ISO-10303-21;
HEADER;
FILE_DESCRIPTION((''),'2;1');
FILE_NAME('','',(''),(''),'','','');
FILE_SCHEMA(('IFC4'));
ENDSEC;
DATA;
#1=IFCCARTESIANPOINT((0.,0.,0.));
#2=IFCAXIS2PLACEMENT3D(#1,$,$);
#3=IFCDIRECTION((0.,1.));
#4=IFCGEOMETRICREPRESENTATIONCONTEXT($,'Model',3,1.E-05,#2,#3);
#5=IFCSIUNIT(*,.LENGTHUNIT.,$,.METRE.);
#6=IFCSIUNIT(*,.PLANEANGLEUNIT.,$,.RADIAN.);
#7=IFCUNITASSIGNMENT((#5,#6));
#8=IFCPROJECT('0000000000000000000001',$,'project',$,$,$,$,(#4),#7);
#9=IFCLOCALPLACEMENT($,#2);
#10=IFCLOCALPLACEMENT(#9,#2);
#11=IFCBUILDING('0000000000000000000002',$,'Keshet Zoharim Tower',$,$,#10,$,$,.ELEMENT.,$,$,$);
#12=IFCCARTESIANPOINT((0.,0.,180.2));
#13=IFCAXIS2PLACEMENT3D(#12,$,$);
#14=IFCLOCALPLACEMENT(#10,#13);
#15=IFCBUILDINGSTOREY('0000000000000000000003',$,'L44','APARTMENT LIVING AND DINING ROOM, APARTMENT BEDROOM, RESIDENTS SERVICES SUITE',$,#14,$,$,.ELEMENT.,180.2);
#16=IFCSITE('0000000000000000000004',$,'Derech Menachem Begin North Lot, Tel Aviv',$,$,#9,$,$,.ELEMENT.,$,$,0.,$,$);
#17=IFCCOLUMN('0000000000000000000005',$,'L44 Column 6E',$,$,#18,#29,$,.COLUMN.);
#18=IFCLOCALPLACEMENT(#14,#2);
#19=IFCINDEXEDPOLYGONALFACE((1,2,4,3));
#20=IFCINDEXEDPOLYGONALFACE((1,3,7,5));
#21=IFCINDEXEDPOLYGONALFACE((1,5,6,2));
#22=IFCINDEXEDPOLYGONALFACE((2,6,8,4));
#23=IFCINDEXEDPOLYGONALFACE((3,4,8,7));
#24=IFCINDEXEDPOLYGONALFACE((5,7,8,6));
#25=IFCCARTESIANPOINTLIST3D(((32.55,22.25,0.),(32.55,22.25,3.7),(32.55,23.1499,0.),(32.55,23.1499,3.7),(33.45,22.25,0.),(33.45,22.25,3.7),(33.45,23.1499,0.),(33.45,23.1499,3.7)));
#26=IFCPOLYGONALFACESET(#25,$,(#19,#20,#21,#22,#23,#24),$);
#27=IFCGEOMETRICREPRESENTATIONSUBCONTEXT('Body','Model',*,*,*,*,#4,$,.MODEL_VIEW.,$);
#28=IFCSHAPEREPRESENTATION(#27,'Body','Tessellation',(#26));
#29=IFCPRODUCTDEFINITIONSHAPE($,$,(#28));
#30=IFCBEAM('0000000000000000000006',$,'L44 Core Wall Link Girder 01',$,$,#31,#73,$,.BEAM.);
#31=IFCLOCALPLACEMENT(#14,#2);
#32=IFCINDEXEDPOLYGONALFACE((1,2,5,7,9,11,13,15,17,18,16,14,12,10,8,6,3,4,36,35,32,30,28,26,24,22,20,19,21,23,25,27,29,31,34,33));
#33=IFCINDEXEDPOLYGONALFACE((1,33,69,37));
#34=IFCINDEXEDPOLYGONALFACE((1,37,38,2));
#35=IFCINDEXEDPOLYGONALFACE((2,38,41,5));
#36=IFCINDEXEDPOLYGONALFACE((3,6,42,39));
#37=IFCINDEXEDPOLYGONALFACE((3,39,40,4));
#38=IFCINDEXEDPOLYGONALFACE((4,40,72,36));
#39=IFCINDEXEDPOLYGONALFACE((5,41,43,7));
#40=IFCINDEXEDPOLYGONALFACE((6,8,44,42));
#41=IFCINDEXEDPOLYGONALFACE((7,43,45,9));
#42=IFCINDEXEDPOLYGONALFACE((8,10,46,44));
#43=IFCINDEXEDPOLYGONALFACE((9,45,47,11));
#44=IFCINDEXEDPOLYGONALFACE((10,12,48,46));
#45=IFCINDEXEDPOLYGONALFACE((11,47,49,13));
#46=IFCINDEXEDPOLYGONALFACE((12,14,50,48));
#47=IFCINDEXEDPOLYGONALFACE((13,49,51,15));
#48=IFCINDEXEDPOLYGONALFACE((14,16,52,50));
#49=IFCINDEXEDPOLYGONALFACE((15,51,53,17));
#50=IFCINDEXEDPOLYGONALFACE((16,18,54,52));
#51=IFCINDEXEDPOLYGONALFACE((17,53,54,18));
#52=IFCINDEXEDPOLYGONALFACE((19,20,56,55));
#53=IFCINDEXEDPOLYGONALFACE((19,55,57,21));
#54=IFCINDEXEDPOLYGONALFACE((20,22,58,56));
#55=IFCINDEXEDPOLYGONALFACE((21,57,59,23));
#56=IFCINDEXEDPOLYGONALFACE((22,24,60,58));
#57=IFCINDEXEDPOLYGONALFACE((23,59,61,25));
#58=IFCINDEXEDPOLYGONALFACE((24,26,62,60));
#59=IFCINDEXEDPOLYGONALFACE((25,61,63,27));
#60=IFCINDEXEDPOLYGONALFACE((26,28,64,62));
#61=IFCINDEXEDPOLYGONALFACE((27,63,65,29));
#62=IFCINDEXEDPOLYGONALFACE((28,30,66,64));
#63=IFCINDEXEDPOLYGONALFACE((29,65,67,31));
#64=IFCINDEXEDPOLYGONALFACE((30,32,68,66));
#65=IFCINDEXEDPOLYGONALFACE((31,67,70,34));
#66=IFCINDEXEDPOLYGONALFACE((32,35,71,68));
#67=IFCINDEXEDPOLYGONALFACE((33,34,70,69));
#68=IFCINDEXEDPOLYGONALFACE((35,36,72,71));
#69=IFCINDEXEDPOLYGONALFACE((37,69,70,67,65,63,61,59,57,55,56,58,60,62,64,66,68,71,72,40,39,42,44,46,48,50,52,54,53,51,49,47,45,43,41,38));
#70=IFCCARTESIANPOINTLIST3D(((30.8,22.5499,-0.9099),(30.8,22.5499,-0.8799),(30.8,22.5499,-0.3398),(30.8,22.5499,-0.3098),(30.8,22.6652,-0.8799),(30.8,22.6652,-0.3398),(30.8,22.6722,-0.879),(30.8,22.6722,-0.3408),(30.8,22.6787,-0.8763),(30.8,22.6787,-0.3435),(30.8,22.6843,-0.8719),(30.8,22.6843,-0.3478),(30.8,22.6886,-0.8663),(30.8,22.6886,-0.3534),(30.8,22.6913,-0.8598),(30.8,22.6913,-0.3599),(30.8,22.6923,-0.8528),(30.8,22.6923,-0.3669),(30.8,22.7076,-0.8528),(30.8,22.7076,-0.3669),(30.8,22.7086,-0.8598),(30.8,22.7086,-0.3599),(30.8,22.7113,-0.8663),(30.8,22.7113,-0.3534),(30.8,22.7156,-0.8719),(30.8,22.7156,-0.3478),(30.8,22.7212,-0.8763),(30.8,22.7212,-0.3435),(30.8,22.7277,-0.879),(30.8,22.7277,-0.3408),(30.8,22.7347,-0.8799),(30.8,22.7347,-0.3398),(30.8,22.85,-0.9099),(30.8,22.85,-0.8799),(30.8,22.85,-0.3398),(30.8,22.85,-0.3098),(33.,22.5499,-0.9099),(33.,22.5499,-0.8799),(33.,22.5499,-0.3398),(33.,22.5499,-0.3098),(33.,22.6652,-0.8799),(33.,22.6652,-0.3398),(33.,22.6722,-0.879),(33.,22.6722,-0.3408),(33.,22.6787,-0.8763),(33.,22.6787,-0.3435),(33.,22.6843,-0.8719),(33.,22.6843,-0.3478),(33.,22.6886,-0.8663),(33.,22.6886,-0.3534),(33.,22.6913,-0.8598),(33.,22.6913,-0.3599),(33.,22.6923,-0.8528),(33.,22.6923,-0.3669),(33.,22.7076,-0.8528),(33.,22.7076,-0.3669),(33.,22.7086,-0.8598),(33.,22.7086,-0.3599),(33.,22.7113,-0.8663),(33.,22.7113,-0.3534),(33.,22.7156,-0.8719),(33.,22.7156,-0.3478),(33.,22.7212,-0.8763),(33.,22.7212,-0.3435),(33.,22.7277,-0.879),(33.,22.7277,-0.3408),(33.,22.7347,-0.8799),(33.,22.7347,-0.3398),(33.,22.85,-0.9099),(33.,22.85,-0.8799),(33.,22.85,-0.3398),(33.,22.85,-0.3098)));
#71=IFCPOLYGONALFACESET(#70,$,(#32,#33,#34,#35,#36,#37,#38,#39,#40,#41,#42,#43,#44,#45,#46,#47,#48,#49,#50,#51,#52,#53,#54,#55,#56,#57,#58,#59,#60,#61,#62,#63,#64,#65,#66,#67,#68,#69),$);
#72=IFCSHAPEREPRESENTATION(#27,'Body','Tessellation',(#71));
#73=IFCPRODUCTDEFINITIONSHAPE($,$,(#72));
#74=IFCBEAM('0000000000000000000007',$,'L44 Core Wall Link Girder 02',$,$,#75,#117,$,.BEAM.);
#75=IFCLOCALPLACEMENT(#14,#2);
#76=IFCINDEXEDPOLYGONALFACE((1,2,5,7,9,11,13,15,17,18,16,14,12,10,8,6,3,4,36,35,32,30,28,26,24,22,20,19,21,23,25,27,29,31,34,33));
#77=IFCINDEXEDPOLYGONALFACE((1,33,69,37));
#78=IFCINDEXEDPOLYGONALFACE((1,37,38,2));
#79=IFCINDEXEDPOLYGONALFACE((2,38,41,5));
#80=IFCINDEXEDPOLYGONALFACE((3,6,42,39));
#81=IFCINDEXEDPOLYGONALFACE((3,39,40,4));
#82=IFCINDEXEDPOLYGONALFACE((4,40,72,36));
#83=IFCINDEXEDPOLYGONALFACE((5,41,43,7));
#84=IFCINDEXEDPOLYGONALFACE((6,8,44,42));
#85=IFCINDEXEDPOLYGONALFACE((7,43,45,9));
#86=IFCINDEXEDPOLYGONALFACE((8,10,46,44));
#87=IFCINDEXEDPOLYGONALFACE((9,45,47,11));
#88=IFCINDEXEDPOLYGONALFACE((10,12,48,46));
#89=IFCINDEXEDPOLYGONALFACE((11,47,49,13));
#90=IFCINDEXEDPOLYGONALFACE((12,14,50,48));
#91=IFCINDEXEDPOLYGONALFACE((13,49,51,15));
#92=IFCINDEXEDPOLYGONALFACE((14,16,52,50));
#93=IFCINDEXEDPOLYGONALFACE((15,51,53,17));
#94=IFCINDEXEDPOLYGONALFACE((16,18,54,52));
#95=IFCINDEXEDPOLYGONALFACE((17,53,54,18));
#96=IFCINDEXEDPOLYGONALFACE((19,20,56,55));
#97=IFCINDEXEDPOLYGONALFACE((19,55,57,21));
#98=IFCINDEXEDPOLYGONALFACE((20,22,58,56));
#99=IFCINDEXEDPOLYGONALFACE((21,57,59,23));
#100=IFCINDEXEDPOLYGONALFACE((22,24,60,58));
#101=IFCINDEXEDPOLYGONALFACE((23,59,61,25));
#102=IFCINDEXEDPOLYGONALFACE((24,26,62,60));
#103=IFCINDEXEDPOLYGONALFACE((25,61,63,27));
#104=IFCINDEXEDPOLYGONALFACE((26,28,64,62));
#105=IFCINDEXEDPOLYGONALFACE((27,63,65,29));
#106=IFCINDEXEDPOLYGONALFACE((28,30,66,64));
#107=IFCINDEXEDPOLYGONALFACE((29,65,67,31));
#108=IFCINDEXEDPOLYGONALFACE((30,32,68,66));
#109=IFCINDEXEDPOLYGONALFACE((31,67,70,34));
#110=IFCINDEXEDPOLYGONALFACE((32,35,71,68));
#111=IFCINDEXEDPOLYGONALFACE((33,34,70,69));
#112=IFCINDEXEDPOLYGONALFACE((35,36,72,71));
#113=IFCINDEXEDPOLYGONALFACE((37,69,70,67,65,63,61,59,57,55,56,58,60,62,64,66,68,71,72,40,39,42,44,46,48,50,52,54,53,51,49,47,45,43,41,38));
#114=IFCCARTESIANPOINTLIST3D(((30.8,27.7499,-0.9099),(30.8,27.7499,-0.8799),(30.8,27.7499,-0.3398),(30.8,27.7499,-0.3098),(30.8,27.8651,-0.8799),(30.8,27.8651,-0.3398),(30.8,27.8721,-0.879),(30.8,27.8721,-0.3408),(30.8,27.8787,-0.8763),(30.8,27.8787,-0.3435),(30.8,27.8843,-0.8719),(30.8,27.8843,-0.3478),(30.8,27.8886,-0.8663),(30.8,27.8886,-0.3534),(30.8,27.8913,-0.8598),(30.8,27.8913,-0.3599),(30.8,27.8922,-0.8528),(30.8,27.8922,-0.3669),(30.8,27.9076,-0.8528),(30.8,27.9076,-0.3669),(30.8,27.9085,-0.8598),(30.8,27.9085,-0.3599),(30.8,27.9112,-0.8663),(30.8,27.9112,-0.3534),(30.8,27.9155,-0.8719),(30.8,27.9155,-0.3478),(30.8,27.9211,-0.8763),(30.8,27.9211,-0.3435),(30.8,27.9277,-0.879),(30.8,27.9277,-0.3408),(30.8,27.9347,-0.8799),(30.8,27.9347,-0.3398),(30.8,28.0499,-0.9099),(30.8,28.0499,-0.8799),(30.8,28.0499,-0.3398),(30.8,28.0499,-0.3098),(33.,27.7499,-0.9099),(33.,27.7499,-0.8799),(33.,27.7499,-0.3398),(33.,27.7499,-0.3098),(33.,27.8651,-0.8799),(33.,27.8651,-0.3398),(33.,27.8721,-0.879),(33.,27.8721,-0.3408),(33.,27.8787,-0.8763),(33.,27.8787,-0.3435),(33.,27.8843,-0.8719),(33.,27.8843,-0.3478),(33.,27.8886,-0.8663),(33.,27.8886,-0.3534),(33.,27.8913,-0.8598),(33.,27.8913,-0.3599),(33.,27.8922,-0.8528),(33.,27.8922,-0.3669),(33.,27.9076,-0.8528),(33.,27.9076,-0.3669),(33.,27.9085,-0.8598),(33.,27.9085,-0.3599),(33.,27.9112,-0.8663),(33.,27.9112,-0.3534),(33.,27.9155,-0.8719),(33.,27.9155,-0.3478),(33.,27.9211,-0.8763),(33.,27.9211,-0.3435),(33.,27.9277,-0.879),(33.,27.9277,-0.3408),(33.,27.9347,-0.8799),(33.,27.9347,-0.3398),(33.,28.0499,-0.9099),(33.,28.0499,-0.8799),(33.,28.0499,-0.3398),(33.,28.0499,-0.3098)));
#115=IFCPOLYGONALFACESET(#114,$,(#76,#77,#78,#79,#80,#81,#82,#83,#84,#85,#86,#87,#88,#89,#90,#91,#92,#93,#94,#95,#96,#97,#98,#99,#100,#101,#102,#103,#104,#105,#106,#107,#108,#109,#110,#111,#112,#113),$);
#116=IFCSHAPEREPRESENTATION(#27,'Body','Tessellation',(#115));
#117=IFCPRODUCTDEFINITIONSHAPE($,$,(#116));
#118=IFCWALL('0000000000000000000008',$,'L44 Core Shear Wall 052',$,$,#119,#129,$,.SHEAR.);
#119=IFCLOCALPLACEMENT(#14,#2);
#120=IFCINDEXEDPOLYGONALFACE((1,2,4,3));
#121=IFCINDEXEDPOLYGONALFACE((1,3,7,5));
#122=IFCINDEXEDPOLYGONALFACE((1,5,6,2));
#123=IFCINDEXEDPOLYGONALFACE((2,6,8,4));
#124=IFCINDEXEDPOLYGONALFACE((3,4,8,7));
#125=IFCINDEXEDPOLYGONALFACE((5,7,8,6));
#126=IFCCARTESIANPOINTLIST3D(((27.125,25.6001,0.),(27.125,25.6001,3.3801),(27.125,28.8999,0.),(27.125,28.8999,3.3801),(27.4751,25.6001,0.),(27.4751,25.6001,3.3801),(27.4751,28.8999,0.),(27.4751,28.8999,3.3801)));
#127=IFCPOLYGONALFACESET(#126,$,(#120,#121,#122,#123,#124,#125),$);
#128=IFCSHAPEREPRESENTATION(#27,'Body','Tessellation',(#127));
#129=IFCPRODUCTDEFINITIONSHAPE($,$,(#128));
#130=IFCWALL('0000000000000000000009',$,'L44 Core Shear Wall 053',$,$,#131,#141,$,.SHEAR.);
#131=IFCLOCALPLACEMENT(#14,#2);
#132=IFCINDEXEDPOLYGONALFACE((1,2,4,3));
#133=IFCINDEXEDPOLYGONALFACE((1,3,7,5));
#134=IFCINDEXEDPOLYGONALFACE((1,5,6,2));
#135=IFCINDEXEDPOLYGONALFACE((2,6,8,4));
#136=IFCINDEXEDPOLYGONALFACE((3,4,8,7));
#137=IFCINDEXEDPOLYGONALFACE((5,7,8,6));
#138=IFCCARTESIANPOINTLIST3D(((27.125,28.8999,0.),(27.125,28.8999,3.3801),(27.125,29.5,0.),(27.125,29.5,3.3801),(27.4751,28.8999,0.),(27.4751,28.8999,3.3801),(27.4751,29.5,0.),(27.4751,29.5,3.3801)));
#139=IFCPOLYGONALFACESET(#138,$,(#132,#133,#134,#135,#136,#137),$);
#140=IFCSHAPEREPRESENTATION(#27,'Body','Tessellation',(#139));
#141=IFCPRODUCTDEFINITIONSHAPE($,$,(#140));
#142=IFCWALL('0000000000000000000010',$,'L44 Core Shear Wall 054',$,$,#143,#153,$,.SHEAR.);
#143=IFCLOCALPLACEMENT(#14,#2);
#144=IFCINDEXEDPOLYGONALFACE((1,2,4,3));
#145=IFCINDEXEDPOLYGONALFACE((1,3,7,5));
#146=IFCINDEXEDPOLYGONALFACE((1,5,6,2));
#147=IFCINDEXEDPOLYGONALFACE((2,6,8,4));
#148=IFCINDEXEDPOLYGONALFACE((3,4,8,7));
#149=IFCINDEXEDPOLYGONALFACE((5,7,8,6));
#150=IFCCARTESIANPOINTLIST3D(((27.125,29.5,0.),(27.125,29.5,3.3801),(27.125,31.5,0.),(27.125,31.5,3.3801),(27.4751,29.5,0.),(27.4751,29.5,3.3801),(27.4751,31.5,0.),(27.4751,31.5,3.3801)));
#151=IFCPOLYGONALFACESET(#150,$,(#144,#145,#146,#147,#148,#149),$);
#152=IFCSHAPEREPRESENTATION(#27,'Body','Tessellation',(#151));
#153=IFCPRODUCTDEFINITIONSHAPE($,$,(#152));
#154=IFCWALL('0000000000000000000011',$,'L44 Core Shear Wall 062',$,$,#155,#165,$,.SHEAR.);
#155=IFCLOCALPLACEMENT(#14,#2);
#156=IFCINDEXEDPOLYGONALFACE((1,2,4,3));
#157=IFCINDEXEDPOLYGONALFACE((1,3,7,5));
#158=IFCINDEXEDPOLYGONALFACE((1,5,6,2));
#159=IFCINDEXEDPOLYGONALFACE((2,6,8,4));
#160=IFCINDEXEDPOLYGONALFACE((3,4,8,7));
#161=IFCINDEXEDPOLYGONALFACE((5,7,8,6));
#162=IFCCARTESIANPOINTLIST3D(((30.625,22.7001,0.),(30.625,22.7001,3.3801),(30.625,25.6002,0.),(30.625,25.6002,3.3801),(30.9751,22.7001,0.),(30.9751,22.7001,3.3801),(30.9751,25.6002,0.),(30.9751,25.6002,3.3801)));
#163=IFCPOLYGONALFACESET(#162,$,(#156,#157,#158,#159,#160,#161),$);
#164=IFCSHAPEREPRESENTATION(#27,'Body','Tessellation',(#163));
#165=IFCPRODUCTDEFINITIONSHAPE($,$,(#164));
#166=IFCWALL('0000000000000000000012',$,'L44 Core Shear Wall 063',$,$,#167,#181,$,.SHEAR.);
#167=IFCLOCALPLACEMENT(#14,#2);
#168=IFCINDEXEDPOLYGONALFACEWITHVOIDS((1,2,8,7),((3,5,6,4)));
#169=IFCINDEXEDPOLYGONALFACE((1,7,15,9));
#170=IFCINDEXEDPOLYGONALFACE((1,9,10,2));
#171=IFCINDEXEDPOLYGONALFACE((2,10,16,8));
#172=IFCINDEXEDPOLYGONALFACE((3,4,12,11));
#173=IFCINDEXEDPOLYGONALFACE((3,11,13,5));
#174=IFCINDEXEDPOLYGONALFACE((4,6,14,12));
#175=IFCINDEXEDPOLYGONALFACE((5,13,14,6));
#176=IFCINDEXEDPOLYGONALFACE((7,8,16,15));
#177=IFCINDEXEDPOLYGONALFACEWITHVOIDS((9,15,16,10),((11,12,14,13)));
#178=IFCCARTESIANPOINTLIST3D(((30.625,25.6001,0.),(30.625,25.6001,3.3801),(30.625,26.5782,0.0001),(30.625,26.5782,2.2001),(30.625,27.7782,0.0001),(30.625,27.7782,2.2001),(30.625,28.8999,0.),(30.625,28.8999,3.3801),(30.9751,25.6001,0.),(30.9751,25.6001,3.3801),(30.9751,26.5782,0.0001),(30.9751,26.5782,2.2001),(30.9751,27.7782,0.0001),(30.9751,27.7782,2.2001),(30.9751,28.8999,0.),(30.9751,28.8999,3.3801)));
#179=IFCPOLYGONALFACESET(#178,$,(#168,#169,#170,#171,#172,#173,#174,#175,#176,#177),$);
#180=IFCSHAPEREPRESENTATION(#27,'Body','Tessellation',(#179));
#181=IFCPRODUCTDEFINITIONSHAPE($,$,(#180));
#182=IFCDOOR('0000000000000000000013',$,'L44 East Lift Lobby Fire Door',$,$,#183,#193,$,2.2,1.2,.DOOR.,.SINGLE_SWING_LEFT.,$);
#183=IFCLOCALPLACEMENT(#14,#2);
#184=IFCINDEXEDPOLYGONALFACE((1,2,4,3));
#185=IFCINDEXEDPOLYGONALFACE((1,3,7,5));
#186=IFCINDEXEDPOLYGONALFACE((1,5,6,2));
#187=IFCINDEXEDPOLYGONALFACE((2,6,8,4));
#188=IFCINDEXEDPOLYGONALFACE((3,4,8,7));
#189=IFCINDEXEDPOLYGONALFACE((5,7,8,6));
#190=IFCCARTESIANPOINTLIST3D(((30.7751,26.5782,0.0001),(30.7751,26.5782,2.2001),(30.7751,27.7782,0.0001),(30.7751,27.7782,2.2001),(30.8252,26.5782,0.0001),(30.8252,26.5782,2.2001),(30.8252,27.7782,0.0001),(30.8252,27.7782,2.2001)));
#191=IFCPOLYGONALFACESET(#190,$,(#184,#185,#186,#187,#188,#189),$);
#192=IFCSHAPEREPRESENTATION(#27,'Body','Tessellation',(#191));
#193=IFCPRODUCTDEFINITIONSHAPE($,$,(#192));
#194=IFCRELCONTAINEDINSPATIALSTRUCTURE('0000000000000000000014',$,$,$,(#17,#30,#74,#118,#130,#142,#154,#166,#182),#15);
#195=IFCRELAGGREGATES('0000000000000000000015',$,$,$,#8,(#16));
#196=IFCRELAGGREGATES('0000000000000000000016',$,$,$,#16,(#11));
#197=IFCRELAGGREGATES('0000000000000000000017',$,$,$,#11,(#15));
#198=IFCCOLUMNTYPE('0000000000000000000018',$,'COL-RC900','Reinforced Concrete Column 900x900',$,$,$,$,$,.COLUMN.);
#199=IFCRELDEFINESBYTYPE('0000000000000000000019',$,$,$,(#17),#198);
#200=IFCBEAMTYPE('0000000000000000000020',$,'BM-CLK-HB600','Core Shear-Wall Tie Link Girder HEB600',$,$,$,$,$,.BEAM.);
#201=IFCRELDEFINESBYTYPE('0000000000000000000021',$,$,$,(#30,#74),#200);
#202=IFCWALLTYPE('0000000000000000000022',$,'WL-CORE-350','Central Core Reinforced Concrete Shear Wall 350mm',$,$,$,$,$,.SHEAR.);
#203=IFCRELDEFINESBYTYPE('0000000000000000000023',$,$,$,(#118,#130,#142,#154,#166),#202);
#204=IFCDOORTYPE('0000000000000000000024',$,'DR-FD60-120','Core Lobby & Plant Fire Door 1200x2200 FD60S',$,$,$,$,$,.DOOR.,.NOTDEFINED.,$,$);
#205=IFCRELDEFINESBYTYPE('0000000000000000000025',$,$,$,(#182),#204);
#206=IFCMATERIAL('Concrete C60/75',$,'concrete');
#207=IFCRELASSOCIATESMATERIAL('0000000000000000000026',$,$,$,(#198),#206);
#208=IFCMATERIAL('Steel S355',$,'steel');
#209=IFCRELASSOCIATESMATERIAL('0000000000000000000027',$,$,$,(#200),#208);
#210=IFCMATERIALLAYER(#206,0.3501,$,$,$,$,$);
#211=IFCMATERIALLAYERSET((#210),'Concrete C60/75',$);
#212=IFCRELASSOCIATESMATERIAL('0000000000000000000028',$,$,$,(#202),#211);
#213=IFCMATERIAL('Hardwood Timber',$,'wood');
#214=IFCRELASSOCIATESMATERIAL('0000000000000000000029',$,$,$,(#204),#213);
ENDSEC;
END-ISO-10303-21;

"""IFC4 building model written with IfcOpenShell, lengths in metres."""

from ifc_helpers import new_model, si_unit, direction, frame, frame_2d, origin, origin_2d, place, context, subcontext, project, spatial, rectangle, i_section, extrude, material, layer, layer_set, material_profile, profile_set, type_object, element, fill, save


model = new_model("IFC4")

# Units and contexts
model_context = context("Model", 3, precision=1e-05, world=origin(), true_north=direction((0.0, 1.0)))
body_context = subcontext(model_context, "Body", "Model", "MODEL_VIEW")
ifc_project = project(units=[si_unit("LENGTHUNIT", "METRE"), si_unit("PLANEANGLEUNIT", "RADIAN")], contexts=[model_context])

# Site, building, storey
site_placement = place(None, origin())
site = spatial("IfcSite", under=ifc_project, at=site_placement, Name="Derech Menachem Begin North Lot, Tel Aviv", CompositionType="ELEMENT", RefElevation=0.0)
building_placement = place(site_placement, origin())
building = spatial("IfcBuilding", under=site, at=building_placement, Name="Keshet Zoharim Tower", CompositionType="ELEMENT")
storey_placement = place(building_placement, frame((0.0, 0.0, 180.2)))
storey = spatial("IfcBuildingStorey", under=building, at=storey_placement, Name="L44", Description="APARTMENT LIVING AND DINING ROOM, APARTMENT BEDROOM, RESIDENTS SERVICES SUITE", CompositionType="ELEMENT", Elevation=180.2)

# Column
ifc_material_1 = material(Name="Concrete C60/75", Category="concrete")
ifc_material_profile_1 = material_profile(ifc_material_1, rectangle(XDim=0.8999, YDim=0.8999, at=origin_2d()), Name="RC900x900")
ifc_profile_set_1 = profile_set([ifc_material_profile_1], Name="Concrete C60/75")
column_type = type_object("IfcColumnType", Name="COL-RC900", Description="Reinforced Concrete Column 900x900", PredefinedType="COLUMN", material=ifc_profile_set_1)
column_placement = place(storey_placement, frame((33.0, 22.7, 0.0), z_axis=(0.0, 0.0, 1.0), x_axis=(1.0, 0.0, 0.0)))
element("IfcColumn", 1, at=column_placement, inside=storey, type_object=column_type, Name="L44 Column 6E", PredefinedType="COLUMN", context=body_context, shape_type="SweptSolid", body=[
    extrude(rectangle(XDim=0.8999, YDim=0.8999, at=origin_2d()), origin(), (0.0, 0.0, 1.0), 3.7),
])

# Beams
ifc_material_2 = material(Name="Steel S355", Category="steel")
ifc_material_profile_2 = material_profile(ifc_material_2, i_section(OverallWidth=0.3, OverallDepth=0.6001, WebThickness=0.0154, FlangeThickness=0.03, FilletRadius=0.0271, at=origin_2d()), Name="HEB600")
ifc_profile_set_2 = profile_set([ifc_material_profile_2], Name="Steel S355")
beam_type = type_object("IfcBeamType", Name="BM-CLK-HB600", Description="Core Shear-Wall Tie Link Girder HEB600", PredefinedType="BEAM", material=ifc_profile_set_2)
for number, where, z_axis, x_axis, name in (
    (2, (30.8, 22.7, -0.6099), (1.0, 0.0, 0.0), (0.0, 1.0, 0.0), "L44 Core Wall Link Girder 01"),
    (3, (30.8, 27.8999, -0.6099), (1.0, 0.0, 0.0), (0.0, 1.0, 0.0), "L44 Core Wall Link Girder 02"),
):
    element("IfcBeam", number, at=place(storey_placement, frame(where, z_axis=z_axis, x_axis=x_axis)), inside=storey, type_object=beam_type, Name=name, PredefinedType="BEAM", context=body_context, shape_type="SweptSolid", body=[
        extrude(i_section(OverallWidth=0.3, OverallDepth=0.6001, WebThickness=0.0154, FlangeThickness=0.03, FilletRadius=0.0271, at=origin_2d()), origin(), (0.0, 0.0, 1.0), 2.2),
    ])

# Walls
ifc_layer_1 = layer(ifc_material_1, 0.3501)
ifc_layer_set_1 = layer_set([ifc_layer_1], Name="Concrete C60/75")
wall_type_1 = type_object("IfcWallType", Name="WL-CORE-350", Description="Central Core Reinforced Concrete Shear Wall 350mm", PredefinedType="SHEAR", material=ifc_layer_set_1)
wall_1_placement = place(storey_placement, frame((27.3, 25.6001, 0.0), z_axis=(0.0, 0.0, 1.0), x_axis=(0.0, 1.0, 0.0)))
element("IfcWall", 4, at=wall_1_placement, inside=storey, type_object=wall_type_1, Name="L44 Core Shear Wall 052", PredefinedType="SHEAR", context=body_context, shape_type="SweptSolid", body=[
    extrude(rectangle(XDim=3.2998, YDim=0.3501, at=frame_2d((1.6499, 0.0))), origin(), (0.0, 0.0, 1.0), 3.3801),
])
wall_2_placement = place(storey_placement, frame((27.3, 28.8999, 0.0), z_axis=(0.0, 0.0, 1.0), x_axis=(0.0, 1.0, 0.0)))
element("IfcWall", 5, at=wall_2_placement, inside=storey, type_object=wall_type_1, Name="L44 Core Shear Wall 053", PredefinedType="SHEAR", context=body_context, shape_type="SweptSolid", body=[
    extrude(rectangle(XDim=0.6001, YDim=0.3501, at=frame_2d((0.3, 0.0))), origin(), (0.0, 0.0, 1.0), 3.3801),
])
wall_3_placement = place(storey_placement, frame((27.3, 29.5, 0.0), z_axis=(0.0, 0.0, 1.0), x_axis=(0.0, 1.0, 0.0)))
element("IfcWall", 6, at=wall_3_placement, inside=storey, type_object=wall_type_1, Name="L44 Core Shear Wall 054", PredefinedType="SHEAR", context=body_context, shape_type="SweptSolid", body=[
    extrude(rectangle(XDim=2.0, YDim=0.3501, at=frame_2d((1.0, 0.0))), origin(), (0.0, 0.0, 1.0), 3.3801),
])
wall_4_placement = place(storey_placement, frame((30.8, 22.7, 0.0), z_axis=(0.0, 0.0, 1.0), x_axis=(0.0, 1.0, 0.0)))
element("IfcWall", 7, at=wall_4_placement, inside=storey, type_object=wall_type_1, Name="L44 Core Shear Wall 062", PredefinedType="SHEAR", context=body_context, shape_type="SweptSolid", body=[
    extrude(rectangle(XDim=2.9001, YDim=0.3501, at=frame_2d((1.4502, 0.0))), origin(), (0.0, 0.0, 1.0), 3.3801),
])

# Wall, opening, door
wall_5_placement = place(storey_placement, frame((30.8, 25.6001, 0.0), z_axis=(0.0, 0.0, 1.0), x_axis=(0.0, 1.0, 0.0)))
wall_5 = element("IfcWall", 8, at=wall_5_placement, inside=storey, type_object=wall_type_1, Name="L44 Core Shear Wall 063", PredefinedType="SHEAR", context=body_context, shape_type="SweptSolid", body=[
    extrude(rectangle(XDim=3.2998, YDim=0.3501, at=frame_2d((1.6499, 0.0))), origin(), (0.0, 0.0, 1.0), 3.3801),
])
opening_1_placement = place(wall_5_placement, frame((0.978, 0.0, 0.0)))
opening_1 = element("IfcOpeningElement", 9, at=opening_1_placement, cuts=wall_5, PredefinedType="OPENING", context=body_context, shape_type="SweptSolid", body=[
    extrude(rectangle(XDim=1.2, YDim=2.2, at=frame_2d((0.6001, 1.1001))), frame((0.0, 0.1851, 0.0), z_axis=(0.0, -1.0, 0.0), x_axis=(1.0, 0.0, 0.0)), (0.0, 0.0, 1.0), 0.3701),
])
ifc_material_3 = material(Name="Hardwood Timber", Category="wood")
door_type_1 = type_object("IfcDoorType", Name="DR-FD60-120", Description="Core Lobby & Plant Fire Door 1200x2200 FD60S", OperationType="NOTDEFINED", PredefinedType="DOOR", material=ifc_material_3)
door_1_placement = place(opening_1_placement, origin())
door_1 = element("IfcDoor", 10, at=door_1_placement, inside=storey, type_object=door_type_1, Name="L44 East Lift Lobby Fire Door", OperationType="SINGLE_SWING_LEFT", OverallHeight=2.2, OverallWidth=1.2, PredefinedType="DOOR", context=body_context, shape_type="SweptSolid", body=[
    extrude(rectangle(XDim=1.2, YDim=2.2, at=frame_2d((0.6001, 1.1001))), frame((0.0, 0.0249, 0.0), z_axis=(0.0, -1.0, 0.0), x_axis=(1.0, 0.0, 0.0)), (0.0, 0.0, 1.0), 0.05),
])
fill(opening_1, door_1)

save(model, "model.ifc")
